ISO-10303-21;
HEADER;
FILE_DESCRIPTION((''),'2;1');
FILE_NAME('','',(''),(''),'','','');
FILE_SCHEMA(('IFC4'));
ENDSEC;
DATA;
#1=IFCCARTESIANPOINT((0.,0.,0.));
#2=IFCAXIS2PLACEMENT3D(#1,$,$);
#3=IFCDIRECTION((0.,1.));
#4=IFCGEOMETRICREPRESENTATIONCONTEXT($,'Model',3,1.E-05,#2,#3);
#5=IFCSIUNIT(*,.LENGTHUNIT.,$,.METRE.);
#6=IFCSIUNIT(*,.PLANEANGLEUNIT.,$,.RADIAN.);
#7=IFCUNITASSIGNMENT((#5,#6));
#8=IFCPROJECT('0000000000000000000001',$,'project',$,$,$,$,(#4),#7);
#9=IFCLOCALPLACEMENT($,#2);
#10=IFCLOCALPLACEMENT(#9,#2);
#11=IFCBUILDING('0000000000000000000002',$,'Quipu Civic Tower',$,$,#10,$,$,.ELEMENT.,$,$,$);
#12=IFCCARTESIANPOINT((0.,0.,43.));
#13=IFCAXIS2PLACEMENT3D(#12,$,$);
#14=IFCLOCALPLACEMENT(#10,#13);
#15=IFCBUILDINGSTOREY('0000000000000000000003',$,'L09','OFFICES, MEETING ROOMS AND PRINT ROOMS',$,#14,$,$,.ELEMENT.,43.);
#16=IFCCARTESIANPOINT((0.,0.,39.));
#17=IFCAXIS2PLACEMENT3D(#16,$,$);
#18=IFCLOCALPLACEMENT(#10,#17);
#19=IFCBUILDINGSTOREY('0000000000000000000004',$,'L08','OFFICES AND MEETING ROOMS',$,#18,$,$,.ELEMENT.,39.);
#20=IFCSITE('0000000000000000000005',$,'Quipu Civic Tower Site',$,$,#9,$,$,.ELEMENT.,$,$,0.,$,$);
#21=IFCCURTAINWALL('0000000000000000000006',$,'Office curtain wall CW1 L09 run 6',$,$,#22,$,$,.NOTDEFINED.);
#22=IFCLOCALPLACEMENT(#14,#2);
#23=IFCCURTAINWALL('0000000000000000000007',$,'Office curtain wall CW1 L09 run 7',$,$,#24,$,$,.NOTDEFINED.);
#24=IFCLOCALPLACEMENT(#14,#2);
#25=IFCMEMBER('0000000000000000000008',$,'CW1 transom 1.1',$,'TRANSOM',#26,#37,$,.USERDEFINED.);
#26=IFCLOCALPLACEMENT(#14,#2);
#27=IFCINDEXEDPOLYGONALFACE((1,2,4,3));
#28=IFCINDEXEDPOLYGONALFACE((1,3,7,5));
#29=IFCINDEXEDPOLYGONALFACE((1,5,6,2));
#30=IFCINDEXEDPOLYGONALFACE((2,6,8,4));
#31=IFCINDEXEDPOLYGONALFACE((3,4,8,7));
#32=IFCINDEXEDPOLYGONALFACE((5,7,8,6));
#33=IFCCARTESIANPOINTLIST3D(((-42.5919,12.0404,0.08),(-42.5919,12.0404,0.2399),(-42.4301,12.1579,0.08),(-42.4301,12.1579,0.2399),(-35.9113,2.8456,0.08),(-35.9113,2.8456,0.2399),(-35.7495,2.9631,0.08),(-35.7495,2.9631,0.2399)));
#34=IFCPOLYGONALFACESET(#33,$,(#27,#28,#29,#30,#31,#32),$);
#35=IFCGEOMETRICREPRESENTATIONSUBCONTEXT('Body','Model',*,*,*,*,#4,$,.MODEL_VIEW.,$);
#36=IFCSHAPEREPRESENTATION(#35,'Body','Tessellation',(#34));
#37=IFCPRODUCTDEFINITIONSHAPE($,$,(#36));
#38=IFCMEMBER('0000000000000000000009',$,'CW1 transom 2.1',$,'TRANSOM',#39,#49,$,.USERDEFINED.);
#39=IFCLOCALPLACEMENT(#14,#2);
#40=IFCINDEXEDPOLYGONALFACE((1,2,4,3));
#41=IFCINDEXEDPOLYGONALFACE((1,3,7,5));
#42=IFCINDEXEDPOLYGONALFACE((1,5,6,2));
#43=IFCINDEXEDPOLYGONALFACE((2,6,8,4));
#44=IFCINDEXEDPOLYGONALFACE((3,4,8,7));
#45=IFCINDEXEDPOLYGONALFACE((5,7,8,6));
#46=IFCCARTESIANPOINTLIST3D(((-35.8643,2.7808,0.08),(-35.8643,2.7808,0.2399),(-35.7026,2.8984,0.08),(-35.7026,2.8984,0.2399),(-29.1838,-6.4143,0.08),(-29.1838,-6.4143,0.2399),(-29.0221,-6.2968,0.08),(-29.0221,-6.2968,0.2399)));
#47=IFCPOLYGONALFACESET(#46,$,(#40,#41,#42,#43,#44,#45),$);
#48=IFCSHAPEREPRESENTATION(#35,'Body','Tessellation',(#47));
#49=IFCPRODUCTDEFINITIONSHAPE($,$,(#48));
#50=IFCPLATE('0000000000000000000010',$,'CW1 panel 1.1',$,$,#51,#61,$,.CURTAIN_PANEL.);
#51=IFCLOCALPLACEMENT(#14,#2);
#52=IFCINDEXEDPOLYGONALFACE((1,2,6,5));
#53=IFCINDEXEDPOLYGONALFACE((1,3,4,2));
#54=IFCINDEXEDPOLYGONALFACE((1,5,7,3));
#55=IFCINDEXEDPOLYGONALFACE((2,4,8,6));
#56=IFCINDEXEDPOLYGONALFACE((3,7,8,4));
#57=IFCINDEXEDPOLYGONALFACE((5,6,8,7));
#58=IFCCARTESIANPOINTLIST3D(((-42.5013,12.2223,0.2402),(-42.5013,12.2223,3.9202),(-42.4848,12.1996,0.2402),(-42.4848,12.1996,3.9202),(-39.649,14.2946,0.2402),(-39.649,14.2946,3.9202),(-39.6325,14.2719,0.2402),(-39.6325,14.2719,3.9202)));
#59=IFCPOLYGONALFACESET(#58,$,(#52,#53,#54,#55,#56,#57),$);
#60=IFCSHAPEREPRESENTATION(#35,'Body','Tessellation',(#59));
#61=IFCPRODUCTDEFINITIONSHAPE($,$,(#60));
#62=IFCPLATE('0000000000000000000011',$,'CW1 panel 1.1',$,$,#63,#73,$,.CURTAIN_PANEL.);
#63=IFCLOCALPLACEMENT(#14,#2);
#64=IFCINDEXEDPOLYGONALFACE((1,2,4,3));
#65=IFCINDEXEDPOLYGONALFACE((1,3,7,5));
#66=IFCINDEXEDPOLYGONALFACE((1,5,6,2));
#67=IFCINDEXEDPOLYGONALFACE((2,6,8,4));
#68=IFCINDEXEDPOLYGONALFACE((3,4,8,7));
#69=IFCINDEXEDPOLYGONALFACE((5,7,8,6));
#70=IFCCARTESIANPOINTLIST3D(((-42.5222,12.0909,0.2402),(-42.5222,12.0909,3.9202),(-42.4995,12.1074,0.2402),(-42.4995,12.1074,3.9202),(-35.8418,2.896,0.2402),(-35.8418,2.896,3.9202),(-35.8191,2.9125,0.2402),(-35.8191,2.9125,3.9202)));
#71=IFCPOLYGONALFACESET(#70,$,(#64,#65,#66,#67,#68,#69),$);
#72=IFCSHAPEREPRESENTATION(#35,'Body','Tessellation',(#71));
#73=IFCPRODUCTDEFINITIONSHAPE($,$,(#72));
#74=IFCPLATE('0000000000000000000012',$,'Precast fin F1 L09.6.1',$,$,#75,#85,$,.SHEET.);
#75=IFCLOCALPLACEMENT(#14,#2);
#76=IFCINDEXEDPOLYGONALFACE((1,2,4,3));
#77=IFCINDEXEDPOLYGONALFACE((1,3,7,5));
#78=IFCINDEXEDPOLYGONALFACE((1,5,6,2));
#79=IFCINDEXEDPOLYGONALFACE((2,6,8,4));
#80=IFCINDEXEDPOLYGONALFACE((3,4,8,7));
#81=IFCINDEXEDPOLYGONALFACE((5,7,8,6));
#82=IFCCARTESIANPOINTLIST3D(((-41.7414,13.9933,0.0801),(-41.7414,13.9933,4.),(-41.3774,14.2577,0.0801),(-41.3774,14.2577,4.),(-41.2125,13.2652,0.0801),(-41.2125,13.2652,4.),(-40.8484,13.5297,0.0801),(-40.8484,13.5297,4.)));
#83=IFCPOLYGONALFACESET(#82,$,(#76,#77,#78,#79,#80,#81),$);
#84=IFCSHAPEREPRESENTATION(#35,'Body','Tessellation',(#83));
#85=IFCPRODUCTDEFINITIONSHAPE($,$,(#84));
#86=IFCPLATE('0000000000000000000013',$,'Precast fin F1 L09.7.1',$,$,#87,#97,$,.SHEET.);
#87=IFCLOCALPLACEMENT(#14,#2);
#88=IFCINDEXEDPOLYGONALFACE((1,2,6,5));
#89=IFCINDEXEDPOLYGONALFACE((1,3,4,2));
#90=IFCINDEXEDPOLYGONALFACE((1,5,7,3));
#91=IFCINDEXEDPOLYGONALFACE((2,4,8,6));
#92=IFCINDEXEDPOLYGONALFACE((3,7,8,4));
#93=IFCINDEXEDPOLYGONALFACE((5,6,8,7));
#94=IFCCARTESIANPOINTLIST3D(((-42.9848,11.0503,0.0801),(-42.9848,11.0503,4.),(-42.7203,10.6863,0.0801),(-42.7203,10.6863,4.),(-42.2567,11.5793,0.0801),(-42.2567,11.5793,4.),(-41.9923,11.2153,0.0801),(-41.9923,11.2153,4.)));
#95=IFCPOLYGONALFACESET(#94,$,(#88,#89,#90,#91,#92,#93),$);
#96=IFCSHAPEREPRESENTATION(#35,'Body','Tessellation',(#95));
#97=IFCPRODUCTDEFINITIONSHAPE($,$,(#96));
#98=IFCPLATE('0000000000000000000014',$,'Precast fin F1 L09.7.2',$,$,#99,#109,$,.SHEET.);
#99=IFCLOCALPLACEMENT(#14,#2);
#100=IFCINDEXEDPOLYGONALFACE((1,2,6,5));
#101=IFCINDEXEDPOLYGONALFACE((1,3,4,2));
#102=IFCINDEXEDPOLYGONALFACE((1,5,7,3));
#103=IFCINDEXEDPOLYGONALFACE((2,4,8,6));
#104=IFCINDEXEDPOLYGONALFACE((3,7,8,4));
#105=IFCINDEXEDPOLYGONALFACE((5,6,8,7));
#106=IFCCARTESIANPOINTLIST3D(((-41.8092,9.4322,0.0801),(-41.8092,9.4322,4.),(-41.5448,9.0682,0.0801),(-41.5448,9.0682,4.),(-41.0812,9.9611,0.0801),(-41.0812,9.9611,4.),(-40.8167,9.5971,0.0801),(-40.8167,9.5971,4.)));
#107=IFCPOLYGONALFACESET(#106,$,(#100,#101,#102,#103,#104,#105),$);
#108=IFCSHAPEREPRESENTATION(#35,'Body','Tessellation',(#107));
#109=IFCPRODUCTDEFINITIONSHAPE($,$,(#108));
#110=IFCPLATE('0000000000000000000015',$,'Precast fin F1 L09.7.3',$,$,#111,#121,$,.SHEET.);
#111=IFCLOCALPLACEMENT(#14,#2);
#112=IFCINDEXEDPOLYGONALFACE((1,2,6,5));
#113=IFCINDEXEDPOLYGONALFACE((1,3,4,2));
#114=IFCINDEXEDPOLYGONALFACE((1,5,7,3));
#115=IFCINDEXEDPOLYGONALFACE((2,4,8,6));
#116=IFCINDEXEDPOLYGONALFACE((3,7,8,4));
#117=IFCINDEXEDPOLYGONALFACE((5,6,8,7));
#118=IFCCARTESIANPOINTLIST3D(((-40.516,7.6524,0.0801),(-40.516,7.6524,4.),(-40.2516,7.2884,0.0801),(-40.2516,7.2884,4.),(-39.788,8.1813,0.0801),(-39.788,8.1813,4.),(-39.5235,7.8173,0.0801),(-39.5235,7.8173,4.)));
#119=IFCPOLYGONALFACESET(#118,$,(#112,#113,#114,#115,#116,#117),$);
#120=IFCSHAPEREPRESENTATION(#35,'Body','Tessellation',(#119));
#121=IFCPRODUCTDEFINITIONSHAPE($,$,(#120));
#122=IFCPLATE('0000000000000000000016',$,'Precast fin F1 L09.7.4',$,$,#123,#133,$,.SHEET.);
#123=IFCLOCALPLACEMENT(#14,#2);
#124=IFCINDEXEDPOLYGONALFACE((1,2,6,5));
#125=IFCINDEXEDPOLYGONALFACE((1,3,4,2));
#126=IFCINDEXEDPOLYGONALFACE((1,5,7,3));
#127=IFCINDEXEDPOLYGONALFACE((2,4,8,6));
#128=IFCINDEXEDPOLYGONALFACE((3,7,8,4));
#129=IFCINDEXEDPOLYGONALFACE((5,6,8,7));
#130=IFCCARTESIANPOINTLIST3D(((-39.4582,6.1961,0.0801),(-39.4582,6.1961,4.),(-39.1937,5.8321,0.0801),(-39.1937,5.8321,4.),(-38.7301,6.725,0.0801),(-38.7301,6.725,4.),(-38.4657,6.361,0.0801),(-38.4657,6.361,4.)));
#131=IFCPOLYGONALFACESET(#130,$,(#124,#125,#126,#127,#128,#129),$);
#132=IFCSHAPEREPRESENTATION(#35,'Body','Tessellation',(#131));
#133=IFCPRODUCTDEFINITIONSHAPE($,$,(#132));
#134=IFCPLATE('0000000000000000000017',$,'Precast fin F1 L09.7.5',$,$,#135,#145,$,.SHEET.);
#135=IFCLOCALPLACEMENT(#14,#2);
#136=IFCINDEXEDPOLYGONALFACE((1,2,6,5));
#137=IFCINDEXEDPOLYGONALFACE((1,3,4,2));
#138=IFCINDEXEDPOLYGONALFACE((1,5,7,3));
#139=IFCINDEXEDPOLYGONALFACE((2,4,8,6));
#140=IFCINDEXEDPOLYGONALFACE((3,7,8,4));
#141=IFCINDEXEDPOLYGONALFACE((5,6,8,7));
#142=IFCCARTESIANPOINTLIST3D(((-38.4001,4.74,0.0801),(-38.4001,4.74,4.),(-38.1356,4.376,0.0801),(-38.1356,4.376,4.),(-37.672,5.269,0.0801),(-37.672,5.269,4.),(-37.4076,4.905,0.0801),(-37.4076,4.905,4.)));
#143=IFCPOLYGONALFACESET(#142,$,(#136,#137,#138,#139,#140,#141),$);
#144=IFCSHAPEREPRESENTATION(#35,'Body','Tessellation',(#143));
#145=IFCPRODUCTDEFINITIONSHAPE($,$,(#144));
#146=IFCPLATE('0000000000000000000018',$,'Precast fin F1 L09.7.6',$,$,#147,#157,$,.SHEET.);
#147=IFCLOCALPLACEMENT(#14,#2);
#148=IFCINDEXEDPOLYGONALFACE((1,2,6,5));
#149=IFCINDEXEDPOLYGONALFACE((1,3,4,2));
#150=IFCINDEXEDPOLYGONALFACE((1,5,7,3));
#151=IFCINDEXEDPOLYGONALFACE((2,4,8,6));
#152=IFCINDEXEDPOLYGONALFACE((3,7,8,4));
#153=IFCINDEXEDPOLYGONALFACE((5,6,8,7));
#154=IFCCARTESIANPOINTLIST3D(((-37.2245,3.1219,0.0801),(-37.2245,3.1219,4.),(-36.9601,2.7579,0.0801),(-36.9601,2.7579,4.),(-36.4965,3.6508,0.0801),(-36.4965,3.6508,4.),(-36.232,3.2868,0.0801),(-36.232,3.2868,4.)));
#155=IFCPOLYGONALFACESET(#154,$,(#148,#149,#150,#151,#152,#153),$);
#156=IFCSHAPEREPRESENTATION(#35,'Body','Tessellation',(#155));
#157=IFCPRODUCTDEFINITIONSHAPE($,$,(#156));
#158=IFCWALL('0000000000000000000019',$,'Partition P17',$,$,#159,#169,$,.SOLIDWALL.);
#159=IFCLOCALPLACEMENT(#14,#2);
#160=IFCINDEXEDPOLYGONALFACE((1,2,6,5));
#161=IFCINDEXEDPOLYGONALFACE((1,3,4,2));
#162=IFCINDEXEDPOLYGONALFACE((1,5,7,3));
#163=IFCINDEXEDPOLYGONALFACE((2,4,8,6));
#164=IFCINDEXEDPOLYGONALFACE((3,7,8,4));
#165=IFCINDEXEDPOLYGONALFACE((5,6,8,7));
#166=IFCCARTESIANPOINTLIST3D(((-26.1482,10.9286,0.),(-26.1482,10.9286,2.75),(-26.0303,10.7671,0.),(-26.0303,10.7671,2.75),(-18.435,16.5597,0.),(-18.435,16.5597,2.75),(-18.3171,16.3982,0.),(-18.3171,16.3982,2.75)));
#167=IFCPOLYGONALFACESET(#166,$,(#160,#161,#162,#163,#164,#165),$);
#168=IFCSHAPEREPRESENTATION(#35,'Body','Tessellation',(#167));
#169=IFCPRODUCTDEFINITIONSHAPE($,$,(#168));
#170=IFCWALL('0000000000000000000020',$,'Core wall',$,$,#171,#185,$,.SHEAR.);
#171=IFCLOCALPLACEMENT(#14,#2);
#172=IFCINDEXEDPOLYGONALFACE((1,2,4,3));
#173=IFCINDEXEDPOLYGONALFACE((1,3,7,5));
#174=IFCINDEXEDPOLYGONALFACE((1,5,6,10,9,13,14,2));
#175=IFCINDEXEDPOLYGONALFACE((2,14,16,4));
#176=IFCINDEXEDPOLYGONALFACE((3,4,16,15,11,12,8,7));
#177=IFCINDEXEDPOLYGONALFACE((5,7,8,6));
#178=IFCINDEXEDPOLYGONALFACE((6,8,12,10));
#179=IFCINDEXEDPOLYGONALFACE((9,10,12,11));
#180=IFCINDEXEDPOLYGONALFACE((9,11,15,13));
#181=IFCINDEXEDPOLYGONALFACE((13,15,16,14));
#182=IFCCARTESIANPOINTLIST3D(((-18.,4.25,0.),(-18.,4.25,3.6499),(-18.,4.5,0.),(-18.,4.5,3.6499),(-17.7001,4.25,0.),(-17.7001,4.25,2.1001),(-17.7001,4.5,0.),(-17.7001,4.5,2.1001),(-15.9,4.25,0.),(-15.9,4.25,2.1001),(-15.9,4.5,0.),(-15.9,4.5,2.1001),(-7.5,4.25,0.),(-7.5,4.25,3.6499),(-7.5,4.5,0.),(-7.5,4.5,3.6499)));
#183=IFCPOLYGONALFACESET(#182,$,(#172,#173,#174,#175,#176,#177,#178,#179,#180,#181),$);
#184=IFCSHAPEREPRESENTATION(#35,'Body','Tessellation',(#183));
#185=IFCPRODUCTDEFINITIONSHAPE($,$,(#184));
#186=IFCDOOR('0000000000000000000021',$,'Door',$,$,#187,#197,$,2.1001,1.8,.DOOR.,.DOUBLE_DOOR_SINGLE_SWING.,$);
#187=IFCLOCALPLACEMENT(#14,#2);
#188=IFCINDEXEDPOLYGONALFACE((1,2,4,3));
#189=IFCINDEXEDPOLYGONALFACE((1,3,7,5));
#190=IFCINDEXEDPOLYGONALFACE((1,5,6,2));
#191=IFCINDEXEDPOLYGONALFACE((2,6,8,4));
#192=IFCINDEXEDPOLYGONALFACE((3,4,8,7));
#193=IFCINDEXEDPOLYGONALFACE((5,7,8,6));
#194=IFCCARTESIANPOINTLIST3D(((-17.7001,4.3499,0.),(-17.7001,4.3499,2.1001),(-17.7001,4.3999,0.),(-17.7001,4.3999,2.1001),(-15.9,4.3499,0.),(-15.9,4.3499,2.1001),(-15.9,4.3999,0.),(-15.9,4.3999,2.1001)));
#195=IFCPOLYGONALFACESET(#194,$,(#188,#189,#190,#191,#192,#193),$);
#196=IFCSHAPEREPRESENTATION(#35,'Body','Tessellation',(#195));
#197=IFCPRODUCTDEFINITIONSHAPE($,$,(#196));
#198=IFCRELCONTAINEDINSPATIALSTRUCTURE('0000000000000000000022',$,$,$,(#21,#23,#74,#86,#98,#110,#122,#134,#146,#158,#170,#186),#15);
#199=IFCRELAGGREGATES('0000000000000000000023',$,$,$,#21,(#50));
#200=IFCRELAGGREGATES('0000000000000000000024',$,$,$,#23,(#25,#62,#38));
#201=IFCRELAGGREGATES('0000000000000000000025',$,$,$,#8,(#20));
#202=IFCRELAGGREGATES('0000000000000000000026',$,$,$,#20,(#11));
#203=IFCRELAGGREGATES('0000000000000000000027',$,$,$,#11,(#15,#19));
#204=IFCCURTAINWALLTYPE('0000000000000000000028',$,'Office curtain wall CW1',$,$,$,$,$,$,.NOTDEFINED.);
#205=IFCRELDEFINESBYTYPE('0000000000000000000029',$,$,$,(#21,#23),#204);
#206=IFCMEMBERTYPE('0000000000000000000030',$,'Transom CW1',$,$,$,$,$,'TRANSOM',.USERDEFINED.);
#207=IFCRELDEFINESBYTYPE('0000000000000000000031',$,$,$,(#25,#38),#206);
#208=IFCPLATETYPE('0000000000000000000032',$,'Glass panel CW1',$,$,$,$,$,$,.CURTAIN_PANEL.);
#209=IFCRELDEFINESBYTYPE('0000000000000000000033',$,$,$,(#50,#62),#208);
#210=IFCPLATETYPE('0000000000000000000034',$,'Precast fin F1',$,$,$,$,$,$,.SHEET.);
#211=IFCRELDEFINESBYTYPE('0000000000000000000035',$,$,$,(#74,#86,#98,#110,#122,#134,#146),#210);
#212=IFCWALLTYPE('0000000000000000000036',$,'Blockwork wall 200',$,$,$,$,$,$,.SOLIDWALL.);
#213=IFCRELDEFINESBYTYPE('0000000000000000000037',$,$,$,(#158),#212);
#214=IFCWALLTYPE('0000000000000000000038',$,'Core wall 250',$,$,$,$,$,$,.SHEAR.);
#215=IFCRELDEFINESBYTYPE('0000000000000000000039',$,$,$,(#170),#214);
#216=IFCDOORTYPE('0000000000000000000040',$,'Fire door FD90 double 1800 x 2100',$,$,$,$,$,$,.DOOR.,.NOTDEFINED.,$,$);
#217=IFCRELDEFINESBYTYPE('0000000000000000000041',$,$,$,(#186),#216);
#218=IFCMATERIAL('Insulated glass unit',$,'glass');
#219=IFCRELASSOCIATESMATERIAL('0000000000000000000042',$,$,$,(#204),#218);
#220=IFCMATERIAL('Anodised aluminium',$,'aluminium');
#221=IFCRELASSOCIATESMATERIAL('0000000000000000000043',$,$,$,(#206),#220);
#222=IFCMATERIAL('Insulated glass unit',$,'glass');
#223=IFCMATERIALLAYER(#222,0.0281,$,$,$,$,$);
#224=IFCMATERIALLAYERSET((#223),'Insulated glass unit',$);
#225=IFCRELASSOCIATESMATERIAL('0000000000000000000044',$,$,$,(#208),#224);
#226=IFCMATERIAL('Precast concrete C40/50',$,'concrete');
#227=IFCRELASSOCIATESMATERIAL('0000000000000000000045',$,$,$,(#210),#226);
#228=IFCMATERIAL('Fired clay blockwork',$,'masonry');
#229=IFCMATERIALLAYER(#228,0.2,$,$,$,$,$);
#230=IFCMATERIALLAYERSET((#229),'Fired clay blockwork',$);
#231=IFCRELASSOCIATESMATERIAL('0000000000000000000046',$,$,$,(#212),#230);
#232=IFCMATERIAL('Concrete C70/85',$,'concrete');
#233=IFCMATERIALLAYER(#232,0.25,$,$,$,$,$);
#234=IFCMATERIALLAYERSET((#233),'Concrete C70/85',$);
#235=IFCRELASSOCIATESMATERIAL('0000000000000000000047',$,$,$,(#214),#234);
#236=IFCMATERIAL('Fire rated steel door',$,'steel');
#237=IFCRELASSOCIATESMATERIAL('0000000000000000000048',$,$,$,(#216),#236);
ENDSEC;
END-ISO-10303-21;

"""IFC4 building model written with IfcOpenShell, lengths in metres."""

from ifc_helpers import new_model, si_unit, direction, frame, frame_2d, origin, origin_2d, place, context, subcontext, project, spatial, rectangle, extrude, material, layer, layer_set, material_profile, profile_set, type_object, element, fill, aggregate, save


model = new_model("IFC4")

# Units and contexts
model_context = context("Model", 3, precision=1e-05, world=origin(), true_north=direction((0.0, 1.0)))
body_context = subcontext(model_context, "Body", "Model", "MODEL_VIEW")
ifc_project = project(units=[si_unit("LENGTHUNIT", "METRE"), si_unit("PLANEANGLEUNIT", "RADIAN")], contexts=[model_context])

# Site, building, storey
site_placement = place(None, origin())
site = spatial("IfcSite", under=ifc_project, at=site_placement, Name="Quipu Civic Tower Site", CompositionType="ELEMENT", RefElevation=0.0)
building_placement = place(site_placement, origin())
building = spatial("IfcBuilding", under=site, at=building_placement, Name="Quipu Civic Tower", CompositionType="ELEMENT")
storey_1_placement = place(building_placement, frame((0.0, 0.0, 43.0)))
storey_1 = spatial("IfcBuildingStorey", under=building, at=storey_1_placement, Name="L09", Description="OFFICES, MEETING ROOMS AND PRINT ROOMS", CompositionType="ELEMENT", Elevation=43.0)

# Shared definitions
ifc_material_1 = material(Name="Insulated glass unit", Category="glass")
curtain_wall_type = type_object("IfcCurtainWallType", Name="Office curtain wall CW1", PredefinedType="NOTDEFINED", material=ifc_material_1)

# Curtain walls
curtain_wall_1_placement = place(storey_1_placement, origin())
curtain_wall_1 = element("IfcCurtainWall", 1, at=curtain_wall_1_placement, inside=storey_1, type_object=curtain_wall_type, Name="Office curtain wall CW1 L09 run 6", PredefinedType="NOTDEFINED")
curtain_wall_2_placement = place(storey_1_placement, origin())
curtain_wall_2 = element("IfcCurtainWall", 2, at=curtain_wall_2_placement, inside=storey_1, type_object=curtain_wall_type, Name="Office curtain wall CW1 L09 run 7", PredefinedType="NOTDEFINED")

# Shared definitions
storey_2_placement = place(building_placement, frame((0.0, 0.0, 39.0)))
storey_2 = spatial("IfcBuildingStorey", under=building, at=storey_2_placement, Name="L08", Description="OFFICES AND MEETING ROOMS", CompositionType="ELEMENT", Elevation=39.0)

# Shared definitions
ifc_material_2 = material(Name="Anodised aluminium", Category="aluminium")
ifc_material_profile_1 = material_profile(ifc_material_2, rectangle(XDim=0.2, YDim=0.1599, at=origin_2d()), Name="RECT 200x160")
ifc_profile_set_1 = profile_set([ifc_material_profile_1], Name="Anodised aluminium")
member_type_1 = type_object("IfcMemberType", Name="Transom CW1", ElementType="TRANSOM", PredefinedType="USERDEFINED", material=ifc_profile_set_1)

# Members
member_1_placement = place(storey_1_placement, frame((-42.511, 12.0991, 0.1599), z_axis=(0.587799, -0.809007, 0.0), x_axis=(0.809007, 0.587799, 0.0)))
member_1 = element("IfcMember", 3, at=member_1_placement, type_object=member_type_1, Name="CW1 transom 1.1", ObjectType="TRANSOM", PredefinedType="USERDEFINED", context=body_context, shape_type="SweptSolid", body=[
    extrude(rectangle(XDim=0.2, YDim=0.1599, at=origin_2d()), origin(), (0.0, 0.0, 1.0), 11.3655),
])
member_2_placement = place(storey_1_placement, frame((-35.7834, 2.8396, 0.1599), z_axis=(0.587774, -0.809025, 0.0), x_axis=(0.809025, 0.587774, 0.0)))
member_2 = element("IfcMember", 4, at=member_2_placement, type_object=member_type_1, Name="CW1 transom 2.1", ObjectType="TRANSOM", PredefinedType="USERDEFINED", context=body_context, shape_type="SweptSolid", body=[
    extrude(rectangle(XDim=0.2, YDim=0.1599, at=origin_2d()), origin(), (0.0, 0.0, 1.0), 11.3657),
])

# Plates
ifc_material_3 = material(Name="Insulated glass unit", Category="glass")
ifc_layer_1 = layer(ifc_material_3, 0.0281)
ifc_layer_set_1 = layer_set([ifc_layer_1], Name="Insulated glass unit")
plate_type_1 = type_object("IfcPlateType", Name="Glass panel CW1", PredefinedType="CURTAIN_PANEL", material=ifc_layer_set_1)
plate_1_placement = place(storey_1_placement, frame((-41.0669, 13.2471, 0.2402), z_axis=(0.0, 0.0, 1.0), x_axis=(-0.809018, -0.587784, 0.0)))
plate_1 = element("IfcPlate", 5, at=plate_1_placement, type_object=plate_type_1, Name="CW1 panel 1.1", PredefinedType="CURTAIN_PANEL", context=body_context, shape_type="SweptSolid", body=[
    extrude(rectangle(XDim=3.5256, YDim=0.0281, at=origin_2d()), origin(), (0.0, 0.0, 1.0), 3.6799),
])
aggregate(curtain_wall_1, [plate_1])
plate_2_placement = place(storey_1_placement, frame((-39.1707, 7.5017, 0.2402), z_axis=(0.0, 0.0, 1.0), x_axis=(0.587783, -0.809018, 0.0)))
plate_2 = element("IfcPlate", 6, at=plate_2_placement, type_object=plate_type_1, Name="CW1 panel 1.1", PredefinedType="CURTAIN_PANEL", context=body_context, shape_type="SweptSolid", body=[
    extrude(rectangle(XDim=11.3655, YDim=0.0281, at=origin_2d()), origin(), (0.0, 0.0, 1.0), 3.6799),
])
aggregate(curtain_wall_2, [member_1, plate_2, member_2])

# Plates
ifc_material_4 = material(Name="Precast concrete C40/50", Category="concrete")
plate_type_2 = type_object("IfcPlateType", Name="Precast fin F1", PredefinedType="SHEET", material=ifc_material_4)
for number, where, z_axis, x_axis, name in (
    (7, (-41.2949, 13.7615, 0.0801), (0.0, 0.0, 1.0), (-0.809018, -0.587784, 0.0), "Precast fin F1 L09.6.1"),
    (8, (-42.4885, 11.1328, 0.0801), (0.0, 0.0, 1.0), (0.587784, -0.809018, 0.0), "Precast fin F1 L09.7.1"),
    (9, (-41.313, 9.5146, 0.0801), (0.0, 0.0, 1.0), (0.587784, -0.809018, 0.0), "Precast fin F1 L09.7.2"),
    (10, (-40.0198, 7.7349, 0.0801), (0.0, 0.0, 1.0), (0.587784, -0.809018, 0.0), "Precast fin F1 L09.7.3"),
    (11, (-38.9619, 6.2786, 0.0801), (0.0, 0.0, 1.0), (0.587784, -0.809018, 0.0), "Precast fin F1 L09.7.4"),
    (12, (-37.9038, 4.8225, 0.0801), (0.0, 0.0, 1.0), (0.587784, -0.809018, 0.0), "Precast fin F1 L09.7.5"),
    (13, (-36.7283, 3.2043, 0.0801), (0.0, 0.0, 1.0), (0.587784, -0.809018, 0.0), "Precast fin F1 L09.7.6"),
):
    element("IfcPlate", number, at=place(storey_1_placement, frame(where, z_axis=z_axis, x_axis=x_axis)), inside=storey_1, type_object=plate_type_2, Name=name, PredefinedType="SHEET", context=body_context, shape_type="SweptSolid", body=[
        extrude(rectangle(XDim=0.45, YDim=0.8999, at=origin_2d()), origin(), (0.0, 0.0, 1.0), 3.9199),
    ])

# Wall
ifc_material_5 = material(Name="Fired clay blockwork", Category="masonry")
ifc_layer_2 = layer(ifc_material_5, 0.2)
ifc_layer_set_2 = layer_set([ifc_layer_2], Name="Fired clay blockwork")
wall_type_1 = type_object("IfcWallType", Name="Blockwork wall 200", PredefinedType="SOLIDWALL", material=ifc_layer_set_2)
wall_1_placement = place(storey_1_placement, frame((-26.0891, 10.8479, 0.0), z_axis=(0.0, 0.0, 1.0), x_axis=(0.807661, 0.589647, 0.0)))
element("IfcWall", 14, at=wall_1_placement, inside=storey_1, type_object=wall_type_1, Name="Partition P17", PredefinedType="SOLIDWALL", context=body_context, shape_type="SweptSolid", body=[
    extrude(rectangle(XDim=9.55, YDim=0.2, at=frame_2d((4.7749, 0.0))), origin(), (0.0, 0.0, 1.0), 2.75),
])

# Wall, opening, door
ifc_material_6 = material(Name="Concrete C70/85", Category="concrete")
ifc_layer_3 = layer(ifc_material_6, 0.25)
ifc_layer_set_3 = layer_set([ifc_layer_3], Name="Concrete C70/85")
wall_type_2 = type_object("IfcWallType", Name="Core wall 250", PredefinedType="SHEAR", material=ifc_layer_set_3)
wall_2_placement = place(storey_1_placement, frame((-18.0, 4.375, 0.0), z_axis=(0.0, 0.0, 1.0), x_axis=(1.0, 0.0, 0.0)))
wall_2 = element("IfcWall", 15, at=wall_2_placement, inside=storey_1, type_object=wall_type_2, Name="Core wall", PredefinedType="SHEAR", context=body_context, shape_type="SweptSolid", body=[
    extrude(rectangle(XDim=10.5, YDim=0.25, at=frame_2d((5.25, 0.0))), origin(), (0.0, 0.0, 1.0), 3.6499),
])
opening_1_placement = place(wall_2_placement, frame((0.3, 0.0, 0.0)))
opening_1 = element("IfcOpeningElement", 16, at=opening_1_placement, cuts=wall_2, PredefinedType="OPENING", context=body_context, shape_type="SweptSolid", body=[
    extrude(rectangle(XDim=1.8, YDim=2.1001, at=frame_2d((0.8999, 1.05))), frame((0.0, 0.135, 0.0), z_axis=(0.0, -1.0, 0.0), x_axis=(1.0, 0.0, 0.0)), (0.0, 0.0, 1.0), 0.27),
])
ifc_material_7 = material(Name="Fire rated steel door", Category="steel")
door_type = type_object("IfcDoorType", Name="Fire door FD90 double 1800 x 2100", OperationType="NOTDEFINED", PredefinedType="DOOR", material=ifc_material_7)
door_placement = place(opening_1_placement, origin())
door = element("IfcDoor", 17, at=door_placement, inside=storey_1, type_object=door_type, Name="Door", OperationType="DOUBLE_DOOR_SINGLE_SWING", OverallHeight=2.1001, OverallWidth=1.8, PredefinedType="DOOR", context=body_context, shape_type="SweptSolid", body=[
    extrude(rectangle(XDim=1.8, YDim=2.1001, at=frame_2d((0.8999, 1.05))), frame((0.0, 0.0249, 0.0), z_axis=(0.0, -1.0, 0.0), x_axis=(1.0, 0.0, 0.0)), (0.0, 0.0, 1.0), 0.05),
])
fill(opening_1, door)

save(model, "model.ifc")
